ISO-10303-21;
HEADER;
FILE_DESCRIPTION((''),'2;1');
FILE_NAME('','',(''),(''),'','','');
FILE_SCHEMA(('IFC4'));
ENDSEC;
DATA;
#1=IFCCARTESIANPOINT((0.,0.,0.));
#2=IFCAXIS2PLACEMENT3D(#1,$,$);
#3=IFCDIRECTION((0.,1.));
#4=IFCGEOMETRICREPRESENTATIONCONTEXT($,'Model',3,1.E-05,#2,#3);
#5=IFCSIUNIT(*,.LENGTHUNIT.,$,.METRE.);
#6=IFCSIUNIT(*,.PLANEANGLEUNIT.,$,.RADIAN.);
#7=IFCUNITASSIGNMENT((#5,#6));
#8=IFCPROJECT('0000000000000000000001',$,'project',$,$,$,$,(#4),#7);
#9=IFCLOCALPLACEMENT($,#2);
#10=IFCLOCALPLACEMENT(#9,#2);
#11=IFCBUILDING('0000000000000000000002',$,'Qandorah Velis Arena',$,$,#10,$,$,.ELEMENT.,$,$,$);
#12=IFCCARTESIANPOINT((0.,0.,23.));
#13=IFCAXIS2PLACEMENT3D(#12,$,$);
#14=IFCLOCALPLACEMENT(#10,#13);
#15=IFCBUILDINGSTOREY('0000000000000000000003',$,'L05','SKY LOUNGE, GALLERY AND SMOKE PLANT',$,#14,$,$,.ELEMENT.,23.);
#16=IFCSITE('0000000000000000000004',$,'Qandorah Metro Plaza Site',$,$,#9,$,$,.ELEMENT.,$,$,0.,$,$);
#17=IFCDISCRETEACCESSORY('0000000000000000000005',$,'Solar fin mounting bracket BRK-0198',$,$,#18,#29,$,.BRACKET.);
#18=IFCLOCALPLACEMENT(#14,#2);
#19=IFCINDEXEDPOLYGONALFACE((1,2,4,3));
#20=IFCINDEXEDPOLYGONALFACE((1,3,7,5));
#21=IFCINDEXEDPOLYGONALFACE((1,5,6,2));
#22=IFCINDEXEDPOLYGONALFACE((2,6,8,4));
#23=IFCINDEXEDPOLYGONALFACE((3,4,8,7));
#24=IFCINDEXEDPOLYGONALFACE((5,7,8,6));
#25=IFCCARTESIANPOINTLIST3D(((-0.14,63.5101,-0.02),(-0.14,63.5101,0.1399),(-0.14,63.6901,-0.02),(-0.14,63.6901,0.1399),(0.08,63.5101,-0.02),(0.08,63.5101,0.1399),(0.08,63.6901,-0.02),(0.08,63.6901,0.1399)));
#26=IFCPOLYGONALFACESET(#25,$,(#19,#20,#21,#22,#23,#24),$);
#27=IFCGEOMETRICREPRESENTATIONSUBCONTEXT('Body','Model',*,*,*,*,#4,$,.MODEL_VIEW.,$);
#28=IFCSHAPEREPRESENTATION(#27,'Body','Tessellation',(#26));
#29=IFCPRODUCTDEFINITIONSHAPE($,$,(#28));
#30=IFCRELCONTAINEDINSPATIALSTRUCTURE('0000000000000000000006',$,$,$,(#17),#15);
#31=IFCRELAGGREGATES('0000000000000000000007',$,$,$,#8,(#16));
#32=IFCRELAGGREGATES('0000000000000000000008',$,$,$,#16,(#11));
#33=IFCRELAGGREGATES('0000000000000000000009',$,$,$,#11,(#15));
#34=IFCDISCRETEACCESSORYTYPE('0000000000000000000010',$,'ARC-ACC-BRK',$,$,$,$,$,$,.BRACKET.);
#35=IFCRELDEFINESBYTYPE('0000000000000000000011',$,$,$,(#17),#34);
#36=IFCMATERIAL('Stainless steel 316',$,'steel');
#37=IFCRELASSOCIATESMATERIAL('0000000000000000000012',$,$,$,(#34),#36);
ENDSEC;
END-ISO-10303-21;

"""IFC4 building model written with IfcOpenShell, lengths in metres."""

from ifc_helpers import new_model, si_unit, direction, frame, origin, origin_2d, place, context, subcontext, project, spatial, rectangle, extrude, material, type_object, element, save


model = new_model("IFC4")

# Units and contexts
model_context = context("Model", 3, precision=1e-05, world=origin(), true_north=direction((0.0, 1.0)))
body_context = subcontext(model_context, "Body", "Model", "MODEL_VIEW")
ifc_project = project(units=[si_unit("LENGTHUNIT", "METRE"), si_unit("PLANEANGLEUNIT", "RADIAN")], contexts=[model_context])

# Site, building, storey
site_placement = place(None, origin())
site = spatial("IfcSite", under=ifc_project, at=site_placement, Name="Qandorah Metro Plaza Site", CompositionType="ELEMENT", RefElevation=0.0)
building_placement = place(site_placement, origin())
building = spatial("IfcBuilding", under=site, at=building_placement, Name="Qandorah Velis Arena", CompositionType="ELEMENT")
storey_placement = place(building_placement, frame((0.0, 0.0, 23.0)))
storey = spatial("IfcBuildingStorey", under=building, at=storey_placement, Name="L05", Description="SKY LOUNGE, GALLERY AND SMOKE PLANT", CompositionType="ELEMENT", Elevation=23.0)

# Shared definitions
ifc_material_1 = material(Name="Stainless steel 316", Category="steel")

# Discrete accessory
discrete_accessory_type = type_object("IfcDiscreteAccessoryType", Name="ARC-ACC-BRK", PredefinedType="BRACKET", material=ifc_material_1)
for number, where, z_axis, x_axis, name in (
    (1, (-0.03, 63.6001, -0.02), (0.0, 0.0, 1.0), (1.0, 0.0, 0.0), "Solar fin mounting bracket BRK-0198"),
):
    element("IfcDiscreteAccessory", number, at=place(storey_placement, frame(where, z_axis=z_axis, x_axis=x_axis)), inside=storey, type_object=discrete_accessory_type, Name=name, PredefinedType="BRACKET", context=body_context, shape_type="SweptSolid", body=[
        extrude(rectangle(XDim=0.22, YDim=0.1799, at=origin_2d()), origin(), (0.0, 0.0, 1.0), 0.1599),
    ])

save(model, "model.ifc")
